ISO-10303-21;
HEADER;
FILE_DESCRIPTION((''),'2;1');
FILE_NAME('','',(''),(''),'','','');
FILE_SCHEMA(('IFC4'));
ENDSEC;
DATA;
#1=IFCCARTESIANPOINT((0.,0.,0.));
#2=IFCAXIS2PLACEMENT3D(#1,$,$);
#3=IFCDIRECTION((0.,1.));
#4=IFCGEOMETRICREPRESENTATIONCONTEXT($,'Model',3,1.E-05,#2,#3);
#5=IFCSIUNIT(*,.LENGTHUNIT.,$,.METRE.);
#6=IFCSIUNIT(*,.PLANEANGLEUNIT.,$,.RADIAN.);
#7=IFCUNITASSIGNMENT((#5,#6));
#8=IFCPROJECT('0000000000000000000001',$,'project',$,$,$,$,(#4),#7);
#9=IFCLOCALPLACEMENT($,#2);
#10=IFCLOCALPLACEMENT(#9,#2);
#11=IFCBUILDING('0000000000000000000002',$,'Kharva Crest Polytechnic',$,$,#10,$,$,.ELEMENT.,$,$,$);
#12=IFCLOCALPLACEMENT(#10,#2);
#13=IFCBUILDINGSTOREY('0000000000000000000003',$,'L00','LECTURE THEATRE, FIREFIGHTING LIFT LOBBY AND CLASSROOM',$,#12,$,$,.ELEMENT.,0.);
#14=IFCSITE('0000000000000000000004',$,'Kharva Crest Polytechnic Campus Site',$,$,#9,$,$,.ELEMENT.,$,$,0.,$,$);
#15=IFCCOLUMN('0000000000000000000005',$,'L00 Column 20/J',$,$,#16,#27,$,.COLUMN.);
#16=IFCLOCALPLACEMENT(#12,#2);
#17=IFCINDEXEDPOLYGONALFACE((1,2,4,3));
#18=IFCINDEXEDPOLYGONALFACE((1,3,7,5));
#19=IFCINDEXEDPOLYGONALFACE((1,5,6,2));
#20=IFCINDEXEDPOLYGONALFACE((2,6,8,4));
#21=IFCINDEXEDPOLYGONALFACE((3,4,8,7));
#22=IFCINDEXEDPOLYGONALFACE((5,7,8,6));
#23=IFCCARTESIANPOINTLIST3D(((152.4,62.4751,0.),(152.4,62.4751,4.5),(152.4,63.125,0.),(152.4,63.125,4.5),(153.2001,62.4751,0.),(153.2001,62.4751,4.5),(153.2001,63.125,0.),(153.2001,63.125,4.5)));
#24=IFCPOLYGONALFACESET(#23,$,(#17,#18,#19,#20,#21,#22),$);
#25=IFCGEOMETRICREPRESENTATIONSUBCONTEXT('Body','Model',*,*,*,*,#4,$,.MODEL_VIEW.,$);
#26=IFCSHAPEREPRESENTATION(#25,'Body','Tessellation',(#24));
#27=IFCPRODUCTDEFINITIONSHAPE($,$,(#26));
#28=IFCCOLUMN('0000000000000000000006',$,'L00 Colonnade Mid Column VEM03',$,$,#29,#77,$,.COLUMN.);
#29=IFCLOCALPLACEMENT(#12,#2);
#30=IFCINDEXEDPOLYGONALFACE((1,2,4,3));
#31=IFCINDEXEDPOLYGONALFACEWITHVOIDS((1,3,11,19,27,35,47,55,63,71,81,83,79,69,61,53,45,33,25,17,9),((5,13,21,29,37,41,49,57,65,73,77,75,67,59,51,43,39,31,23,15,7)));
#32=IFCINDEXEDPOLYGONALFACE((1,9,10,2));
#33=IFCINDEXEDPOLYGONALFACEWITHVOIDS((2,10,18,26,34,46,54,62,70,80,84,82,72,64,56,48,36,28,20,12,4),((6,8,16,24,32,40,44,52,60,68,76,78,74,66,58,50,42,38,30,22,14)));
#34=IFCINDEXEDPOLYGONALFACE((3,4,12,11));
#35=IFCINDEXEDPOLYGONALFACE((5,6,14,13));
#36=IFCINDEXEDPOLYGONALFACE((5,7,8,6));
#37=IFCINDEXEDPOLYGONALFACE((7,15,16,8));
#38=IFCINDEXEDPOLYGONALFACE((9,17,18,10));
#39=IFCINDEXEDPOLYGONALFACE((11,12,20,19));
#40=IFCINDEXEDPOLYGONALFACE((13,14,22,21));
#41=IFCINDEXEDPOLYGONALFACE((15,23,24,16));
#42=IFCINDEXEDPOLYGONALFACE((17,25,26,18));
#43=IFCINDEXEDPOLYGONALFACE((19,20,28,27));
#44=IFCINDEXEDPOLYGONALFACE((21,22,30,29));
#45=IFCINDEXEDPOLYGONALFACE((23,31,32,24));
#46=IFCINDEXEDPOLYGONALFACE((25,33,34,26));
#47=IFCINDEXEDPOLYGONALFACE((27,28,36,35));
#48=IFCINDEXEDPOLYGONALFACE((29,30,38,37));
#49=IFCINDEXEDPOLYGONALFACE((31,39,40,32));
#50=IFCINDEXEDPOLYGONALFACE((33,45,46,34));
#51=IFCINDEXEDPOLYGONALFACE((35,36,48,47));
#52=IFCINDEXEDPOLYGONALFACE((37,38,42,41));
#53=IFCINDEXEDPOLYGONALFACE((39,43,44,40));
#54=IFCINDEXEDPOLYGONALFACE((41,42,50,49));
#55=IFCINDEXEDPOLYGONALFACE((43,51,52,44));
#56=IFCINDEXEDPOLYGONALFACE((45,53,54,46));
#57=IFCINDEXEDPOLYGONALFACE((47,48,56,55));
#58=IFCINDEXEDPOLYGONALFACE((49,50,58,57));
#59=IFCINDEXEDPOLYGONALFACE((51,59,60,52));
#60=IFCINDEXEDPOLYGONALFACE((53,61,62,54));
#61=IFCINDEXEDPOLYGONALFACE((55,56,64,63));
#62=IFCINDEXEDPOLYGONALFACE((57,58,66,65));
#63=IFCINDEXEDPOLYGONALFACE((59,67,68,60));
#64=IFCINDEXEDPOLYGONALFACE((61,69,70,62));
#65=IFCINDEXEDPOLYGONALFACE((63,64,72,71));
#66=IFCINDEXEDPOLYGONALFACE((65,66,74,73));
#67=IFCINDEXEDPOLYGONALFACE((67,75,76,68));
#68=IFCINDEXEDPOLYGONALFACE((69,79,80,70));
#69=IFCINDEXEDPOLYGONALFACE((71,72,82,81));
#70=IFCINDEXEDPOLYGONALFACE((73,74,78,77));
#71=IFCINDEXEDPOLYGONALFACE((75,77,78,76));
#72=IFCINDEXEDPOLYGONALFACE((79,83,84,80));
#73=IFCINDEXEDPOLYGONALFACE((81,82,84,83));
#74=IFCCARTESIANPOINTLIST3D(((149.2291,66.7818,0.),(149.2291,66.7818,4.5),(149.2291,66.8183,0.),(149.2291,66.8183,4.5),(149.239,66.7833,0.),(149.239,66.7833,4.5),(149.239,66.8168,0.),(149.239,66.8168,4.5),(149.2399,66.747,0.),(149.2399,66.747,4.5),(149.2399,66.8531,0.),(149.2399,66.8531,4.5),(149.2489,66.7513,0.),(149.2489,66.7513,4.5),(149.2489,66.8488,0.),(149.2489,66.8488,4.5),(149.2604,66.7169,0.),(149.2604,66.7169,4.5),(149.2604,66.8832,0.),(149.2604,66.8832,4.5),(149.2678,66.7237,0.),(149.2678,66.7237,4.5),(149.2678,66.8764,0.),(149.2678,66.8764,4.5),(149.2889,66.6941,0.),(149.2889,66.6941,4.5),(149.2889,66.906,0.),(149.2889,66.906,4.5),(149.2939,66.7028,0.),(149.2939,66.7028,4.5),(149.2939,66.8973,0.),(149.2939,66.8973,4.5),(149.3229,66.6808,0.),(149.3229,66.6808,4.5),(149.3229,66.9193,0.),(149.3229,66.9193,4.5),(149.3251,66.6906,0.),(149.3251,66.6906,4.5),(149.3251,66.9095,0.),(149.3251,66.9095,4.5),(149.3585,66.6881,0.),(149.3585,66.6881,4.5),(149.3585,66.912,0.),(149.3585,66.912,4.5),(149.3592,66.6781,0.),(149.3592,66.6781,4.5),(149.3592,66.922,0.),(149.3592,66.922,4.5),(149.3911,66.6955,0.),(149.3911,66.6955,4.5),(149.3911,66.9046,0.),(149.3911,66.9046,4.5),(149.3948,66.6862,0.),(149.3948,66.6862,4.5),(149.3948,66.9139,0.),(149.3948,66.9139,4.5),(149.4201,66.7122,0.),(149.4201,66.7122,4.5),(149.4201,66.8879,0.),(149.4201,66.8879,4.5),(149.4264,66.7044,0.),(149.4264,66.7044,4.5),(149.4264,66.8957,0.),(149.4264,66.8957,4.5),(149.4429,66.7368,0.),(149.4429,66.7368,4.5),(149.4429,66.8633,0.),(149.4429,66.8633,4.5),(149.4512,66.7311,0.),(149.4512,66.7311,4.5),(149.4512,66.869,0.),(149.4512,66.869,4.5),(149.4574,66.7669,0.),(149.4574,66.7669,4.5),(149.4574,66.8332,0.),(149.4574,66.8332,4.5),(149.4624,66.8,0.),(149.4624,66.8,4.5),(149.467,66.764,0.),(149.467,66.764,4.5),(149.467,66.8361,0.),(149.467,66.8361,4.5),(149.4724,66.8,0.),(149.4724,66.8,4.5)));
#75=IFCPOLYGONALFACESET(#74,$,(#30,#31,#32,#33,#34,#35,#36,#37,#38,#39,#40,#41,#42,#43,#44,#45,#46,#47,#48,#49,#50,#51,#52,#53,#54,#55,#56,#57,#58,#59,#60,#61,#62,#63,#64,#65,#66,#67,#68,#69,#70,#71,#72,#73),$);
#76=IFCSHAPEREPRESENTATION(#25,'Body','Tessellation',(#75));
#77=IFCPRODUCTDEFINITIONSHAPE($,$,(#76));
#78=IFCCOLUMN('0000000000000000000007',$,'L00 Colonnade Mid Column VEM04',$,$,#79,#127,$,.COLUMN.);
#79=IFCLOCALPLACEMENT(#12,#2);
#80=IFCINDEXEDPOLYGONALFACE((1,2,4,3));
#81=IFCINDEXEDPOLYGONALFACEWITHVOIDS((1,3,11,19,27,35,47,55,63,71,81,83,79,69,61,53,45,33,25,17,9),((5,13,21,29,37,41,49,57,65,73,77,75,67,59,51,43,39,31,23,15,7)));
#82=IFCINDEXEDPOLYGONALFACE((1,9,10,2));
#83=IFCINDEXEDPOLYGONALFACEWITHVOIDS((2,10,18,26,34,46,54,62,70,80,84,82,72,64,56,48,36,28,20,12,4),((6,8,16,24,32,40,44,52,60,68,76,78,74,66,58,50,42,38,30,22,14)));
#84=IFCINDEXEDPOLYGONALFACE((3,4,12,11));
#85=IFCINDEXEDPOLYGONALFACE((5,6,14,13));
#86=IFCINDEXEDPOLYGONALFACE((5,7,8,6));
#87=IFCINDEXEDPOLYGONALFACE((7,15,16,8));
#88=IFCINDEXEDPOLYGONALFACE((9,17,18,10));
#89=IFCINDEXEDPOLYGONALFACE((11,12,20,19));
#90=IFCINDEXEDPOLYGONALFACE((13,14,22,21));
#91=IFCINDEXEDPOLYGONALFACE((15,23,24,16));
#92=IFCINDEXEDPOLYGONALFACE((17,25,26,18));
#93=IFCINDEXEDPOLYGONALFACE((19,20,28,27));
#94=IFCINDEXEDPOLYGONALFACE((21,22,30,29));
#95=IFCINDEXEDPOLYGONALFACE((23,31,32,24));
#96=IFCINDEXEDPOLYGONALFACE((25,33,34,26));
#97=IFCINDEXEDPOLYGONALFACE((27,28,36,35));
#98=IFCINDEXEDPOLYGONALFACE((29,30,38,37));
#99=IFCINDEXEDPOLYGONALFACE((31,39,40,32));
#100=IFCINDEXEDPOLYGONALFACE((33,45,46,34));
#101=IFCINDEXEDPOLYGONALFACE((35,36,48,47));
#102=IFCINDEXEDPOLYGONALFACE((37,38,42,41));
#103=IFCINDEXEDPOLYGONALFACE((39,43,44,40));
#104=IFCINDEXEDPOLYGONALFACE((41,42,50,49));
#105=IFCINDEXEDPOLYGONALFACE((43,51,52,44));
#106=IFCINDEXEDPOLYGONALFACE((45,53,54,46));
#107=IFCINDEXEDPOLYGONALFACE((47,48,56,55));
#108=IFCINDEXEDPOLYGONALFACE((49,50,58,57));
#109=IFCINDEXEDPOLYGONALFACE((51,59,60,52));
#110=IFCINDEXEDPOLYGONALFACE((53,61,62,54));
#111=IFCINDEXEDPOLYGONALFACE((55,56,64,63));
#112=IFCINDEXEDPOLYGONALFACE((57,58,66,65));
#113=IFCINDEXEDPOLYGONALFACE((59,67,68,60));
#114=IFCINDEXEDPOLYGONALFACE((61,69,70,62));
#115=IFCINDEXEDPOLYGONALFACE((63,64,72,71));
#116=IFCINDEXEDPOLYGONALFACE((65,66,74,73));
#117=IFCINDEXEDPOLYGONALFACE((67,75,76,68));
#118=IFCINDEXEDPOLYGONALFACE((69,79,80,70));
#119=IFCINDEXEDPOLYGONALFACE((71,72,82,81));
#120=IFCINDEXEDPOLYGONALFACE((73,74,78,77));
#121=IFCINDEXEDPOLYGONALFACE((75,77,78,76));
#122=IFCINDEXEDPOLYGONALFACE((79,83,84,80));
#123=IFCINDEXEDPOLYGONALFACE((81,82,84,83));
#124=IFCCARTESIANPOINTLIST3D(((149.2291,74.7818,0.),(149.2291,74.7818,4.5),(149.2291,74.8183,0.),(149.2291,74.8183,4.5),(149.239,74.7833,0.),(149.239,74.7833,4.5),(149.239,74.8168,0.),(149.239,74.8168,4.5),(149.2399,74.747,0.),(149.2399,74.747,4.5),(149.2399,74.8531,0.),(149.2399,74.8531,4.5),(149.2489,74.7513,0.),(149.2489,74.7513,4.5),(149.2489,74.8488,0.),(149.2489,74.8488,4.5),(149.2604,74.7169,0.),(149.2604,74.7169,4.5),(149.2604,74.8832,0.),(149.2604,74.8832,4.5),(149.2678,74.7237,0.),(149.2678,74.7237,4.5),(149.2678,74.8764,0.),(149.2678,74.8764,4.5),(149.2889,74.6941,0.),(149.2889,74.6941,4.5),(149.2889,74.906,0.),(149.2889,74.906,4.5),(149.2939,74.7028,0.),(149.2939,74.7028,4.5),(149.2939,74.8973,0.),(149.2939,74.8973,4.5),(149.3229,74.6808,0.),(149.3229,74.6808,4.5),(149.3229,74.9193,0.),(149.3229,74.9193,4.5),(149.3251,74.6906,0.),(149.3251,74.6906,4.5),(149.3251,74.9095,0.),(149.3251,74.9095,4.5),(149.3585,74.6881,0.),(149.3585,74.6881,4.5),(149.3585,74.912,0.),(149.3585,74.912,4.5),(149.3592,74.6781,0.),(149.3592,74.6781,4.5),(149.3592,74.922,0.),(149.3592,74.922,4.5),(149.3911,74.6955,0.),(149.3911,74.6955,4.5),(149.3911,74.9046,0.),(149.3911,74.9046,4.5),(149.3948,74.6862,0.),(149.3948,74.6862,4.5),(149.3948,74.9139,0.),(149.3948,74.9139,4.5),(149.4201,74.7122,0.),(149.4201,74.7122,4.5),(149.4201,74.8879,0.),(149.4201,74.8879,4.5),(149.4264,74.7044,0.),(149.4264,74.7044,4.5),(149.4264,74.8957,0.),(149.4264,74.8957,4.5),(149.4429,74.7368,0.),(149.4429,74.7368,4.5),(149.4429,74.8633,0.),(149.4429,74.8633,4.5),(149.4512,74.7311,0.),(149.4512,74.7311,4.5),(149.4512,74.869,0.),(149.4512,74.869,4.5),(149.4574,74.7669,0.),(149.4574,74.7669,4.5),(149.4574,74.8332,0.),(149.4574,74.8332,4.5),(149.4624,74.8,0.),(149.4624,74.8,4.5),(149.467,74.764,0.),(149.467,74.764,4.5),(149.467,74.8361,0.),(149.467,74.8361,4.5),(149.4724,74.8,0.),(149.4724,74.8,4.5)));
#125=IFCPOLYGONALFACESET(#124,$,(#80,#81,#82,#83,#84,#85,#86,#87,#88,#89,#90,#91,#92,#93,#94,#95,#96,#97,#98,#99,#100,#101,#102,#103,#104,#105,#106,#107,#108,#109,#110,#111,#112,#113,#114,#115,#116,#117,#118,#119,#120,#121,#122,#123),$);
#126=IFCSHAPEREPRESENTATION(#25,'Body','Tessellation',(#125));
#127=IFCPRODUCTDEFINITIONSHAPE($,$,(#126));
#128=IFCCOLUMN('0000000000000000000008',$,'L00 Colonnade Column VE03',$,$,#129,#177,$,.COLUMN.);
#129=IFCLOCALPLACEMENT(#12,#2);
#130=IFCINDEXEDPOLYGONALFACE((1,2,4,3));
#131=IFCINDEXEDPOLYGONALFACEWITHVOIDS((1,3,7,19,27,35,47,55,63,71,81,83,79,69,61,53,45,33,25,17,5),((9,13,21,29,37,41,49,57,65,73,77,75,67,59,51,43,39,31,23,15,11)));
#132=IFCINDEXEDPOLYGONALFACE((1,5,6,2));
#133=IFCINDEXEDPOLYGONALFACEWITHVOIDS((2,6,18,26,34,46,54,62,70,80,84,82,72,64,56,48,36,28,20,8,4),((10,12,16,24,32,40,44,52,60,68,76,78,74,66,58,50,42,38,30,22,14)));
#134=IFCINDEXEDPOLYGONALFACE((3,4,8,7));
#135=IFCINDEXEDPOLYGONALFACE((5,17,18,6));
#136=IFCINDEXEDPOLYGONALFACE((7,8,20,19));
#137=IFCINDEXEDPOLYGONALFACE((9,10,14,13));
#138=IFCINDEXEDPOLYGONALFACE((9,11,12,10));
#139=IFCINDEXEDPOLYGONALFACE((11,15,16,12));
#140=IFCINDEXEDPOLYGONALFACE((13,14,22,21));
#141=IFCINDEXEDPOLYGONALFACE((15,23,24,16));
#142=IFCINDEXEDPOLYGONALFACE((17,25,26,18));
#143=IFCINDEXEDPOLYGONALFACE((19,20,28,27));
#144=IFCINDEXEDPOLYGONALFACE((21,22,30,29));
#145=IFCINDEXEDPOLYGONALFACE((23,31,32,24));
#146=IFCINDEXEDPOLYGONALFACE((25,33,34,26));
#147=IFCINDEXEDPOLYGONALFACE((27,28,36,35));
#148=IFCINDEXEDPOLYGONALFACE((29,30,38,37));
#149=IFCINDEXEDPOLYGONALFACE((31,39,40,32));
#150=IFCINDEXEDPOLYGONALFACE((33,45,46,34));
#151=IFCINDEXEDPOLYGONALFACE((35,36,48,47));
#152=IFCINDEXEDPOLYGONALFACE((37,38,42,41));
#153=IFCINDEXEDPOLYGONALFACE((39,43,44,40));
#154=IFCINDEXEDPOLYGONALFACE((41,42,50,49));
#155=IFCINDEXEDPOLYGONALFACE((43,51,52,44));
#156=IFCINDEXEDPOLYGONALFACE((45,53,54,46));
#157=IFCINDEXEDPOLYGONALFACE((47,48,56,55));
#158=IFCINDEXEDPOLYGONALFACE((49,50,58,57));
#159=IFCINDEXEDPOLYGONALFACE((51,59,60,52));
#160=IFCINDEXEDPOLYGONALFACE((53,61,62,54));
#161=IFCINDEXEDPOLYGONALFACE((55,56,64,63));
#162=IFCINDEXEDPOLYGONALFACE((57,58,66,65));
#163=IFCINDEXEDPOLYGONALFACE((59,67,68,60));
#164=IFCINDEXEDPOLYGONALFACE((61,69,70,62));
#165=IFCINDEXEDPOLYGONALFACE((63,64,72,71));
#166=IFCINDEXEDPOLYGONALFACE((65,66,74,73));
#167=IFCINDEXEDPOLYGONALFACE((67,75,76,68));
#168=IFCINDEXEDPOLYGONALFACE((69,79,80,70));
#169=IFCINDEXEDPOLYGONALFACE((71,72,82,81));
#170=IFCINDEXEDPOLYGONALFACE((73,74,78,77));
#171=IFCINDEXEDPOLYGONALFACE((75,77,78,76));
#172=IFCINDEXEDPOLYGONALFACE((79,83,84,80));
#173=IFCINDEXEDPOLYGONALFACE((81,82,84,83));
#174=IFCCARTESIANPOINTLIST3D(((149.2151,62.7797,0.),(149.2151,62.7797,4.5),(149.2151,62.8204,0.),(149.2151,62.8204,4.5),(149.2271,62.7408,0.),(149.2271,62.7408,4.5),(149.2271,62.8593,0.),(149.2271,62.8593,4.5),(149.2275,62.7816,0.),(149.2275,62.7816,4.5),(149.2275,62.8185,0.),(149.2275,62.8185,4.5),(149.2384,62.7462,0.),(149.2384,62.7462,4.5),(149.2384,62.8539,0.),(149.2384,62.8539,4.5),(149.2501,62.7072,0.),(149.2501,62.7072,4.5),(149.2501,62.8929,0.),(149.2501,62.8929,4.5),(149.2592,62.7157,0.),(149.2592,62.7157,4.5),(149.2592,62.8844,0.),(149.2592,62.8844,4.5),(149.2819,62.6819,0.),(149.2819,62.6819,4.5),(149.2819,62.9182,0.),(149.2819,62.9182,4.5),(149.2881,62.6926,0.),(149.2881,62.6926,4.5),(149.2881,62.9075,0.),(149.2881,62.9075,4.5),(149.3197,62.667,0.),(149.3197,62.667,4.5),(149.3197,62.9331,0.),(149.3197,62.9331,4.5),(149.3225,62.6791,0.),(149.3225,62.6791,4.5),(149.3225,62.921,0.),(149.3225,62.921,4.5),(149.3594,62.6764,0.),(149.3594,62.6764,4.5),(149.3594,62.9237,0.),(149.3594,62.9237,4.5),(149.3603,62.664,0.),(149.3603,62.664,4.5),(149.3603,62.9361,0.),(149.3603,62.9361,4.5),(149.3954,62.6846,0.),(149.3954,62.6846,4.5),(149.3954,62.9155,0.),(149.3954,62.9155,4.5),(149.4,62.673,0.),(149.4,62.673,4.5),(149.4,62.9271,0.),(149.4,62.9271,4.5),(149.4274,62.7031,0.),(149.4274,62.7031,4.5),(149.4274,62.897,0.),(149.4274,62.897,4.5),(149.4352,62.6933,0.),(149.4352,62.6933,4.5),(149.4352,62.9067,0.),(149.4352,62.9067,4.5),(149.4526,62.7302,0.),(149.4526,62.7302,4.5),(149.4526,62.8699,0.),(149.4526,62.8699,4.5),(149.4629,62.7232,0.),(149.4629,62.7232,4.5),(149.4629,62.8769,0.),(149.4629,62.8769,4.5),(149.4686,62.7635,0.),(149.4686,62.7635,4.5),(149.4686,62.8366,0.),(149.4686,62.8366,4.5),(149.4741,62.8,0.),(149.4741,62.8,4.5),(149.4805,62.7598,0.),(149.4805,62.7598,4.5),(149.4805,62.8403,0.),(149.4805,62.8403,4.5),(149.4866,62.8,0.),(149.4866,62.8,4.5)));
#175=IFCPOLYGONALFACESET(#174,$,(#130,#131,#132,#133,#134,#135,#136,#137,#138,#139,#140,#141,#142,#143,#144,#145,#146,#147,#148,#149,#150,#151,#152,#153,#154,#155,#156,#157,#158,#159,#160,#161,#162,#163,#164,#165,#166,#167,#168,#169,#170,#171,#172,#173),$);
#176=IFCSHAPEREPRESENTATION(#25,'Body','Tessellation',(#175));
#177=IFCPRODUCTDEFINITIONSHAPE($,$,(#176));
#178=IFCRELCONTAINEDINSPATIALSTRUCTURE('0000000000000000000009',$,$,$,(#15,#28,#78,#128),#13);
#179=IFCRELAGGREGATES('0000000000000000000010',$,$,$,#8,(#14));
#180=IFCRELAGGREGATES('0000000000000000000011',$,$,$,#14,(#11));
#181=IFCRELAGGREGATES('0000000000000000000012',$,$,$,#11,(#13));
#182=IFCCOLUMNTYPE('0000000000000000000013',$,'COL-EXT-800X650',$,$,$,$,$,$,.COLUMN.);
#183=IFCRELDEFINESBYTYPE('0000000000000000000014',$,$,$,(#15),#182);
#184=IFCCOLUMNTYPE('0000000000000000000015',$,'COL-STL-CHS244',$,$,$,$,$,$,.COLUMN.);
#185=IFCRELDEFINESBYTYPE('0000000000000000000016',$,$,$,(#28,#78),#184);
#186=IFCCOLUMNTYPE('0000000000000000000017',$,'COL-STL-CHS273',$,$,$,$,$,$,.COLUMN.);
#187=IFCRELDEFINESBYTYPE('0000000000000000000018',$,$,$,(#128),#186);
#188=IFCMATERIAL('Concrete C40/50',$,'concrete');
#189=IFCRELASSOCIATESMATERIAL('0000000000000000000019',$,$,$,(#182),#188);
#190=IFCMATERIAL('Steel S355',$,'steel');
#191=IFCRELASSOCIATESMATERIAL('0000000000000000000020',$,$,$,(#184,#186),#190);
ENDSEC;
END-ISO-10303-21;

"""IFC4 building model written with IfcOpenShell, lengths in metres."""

from ifc_helpers import new_model, si_unit, direction, frame, origin, origin_2d, place, context, subcontext, project, spatial, rectangle, hollow_circle, extrude, material, material_profile, profile_set, type_object, element, save


model = new_model("IFC4")

# Units and contexts
model_context = context("Model", 3, precision=1e-05, world=origin(), true_north=direction((0.0, 1.0)))
body_context = subcontext(model_context, "Body", "Model", "MODEL_VIEW")
ifc_project = project(units=[si_unit("LENGTHUNIT", "METRE"), si_unit("PLANEANGLEUNIT", "RADIAN")], contexts=[model_context])

# Site, building, storey
site_placement = place(None, origin())
site = spatial("IfcSite", under=ifc_project, at=site_placement, Name="Kharva Crest Polytechnic Campus Site", CompositionType="ELEMENT", RefElevation=0.0)
building_placement = place(site_placement, origin())
building = spatial("IfcBuilding", under=site, at=building_placement, Name="Kharva Crest Polytechnic", CompositionType="ELEMENT")
storey_placement = place(building_placement, origin())
storey = spatial("IfcBuildingStorey", under=building, at=storey_placement, Name="L00", Description="LECTURE THEATRE, FIREFIGHTING LIFT LOBBY AND CLASSROOM", CompositionType="ELEMENT", Elevation=0.0)

# Columns
ifc_material_1 = material(Name="Concrete C40/50", Category="concrete")
ifc_material_profile_1 = material_profile(ifc_material_1, rectangle(XDim=0.8, YDim=0.6499, at=origin_2d()), Name="RECT 800 X 650")
ifc_profile_set_1 = profile_set([ifc_material_profile_1], Name="Concrete C40/50")
column_type_1 = type_object("IfcColumnType", Name="COL-EXT-800X650", PredefinedType="COLUMN", material=ifc_profile_set_1)
column_1_placement = place(storey_placement, frame((152.8, 62.8, 0.0), z_axis=(0.0, 0.0, 1.0), x_axis=(1.0, 0.0, 0.0)))
element("IfcColumn", 1, at=column_1_placement, inside=storey, type_object=column_type_1, Name="L00 Column 20/J", PredefinedType="COLUMN", context=body_context, shape_type="SweptSolid", body=[
    extrude(rectangle(XDim=0.8, YDim=0.6499, at=origin_2d()), origin(), (0.0, 0.0, 1.0), 4.5),
])
ifc_material_2 = material(Name="Steel S355", Category="steel")
ifc_material_profile_2 = material_profile(ifc_material_2, hollow_circle(Radius=0.1223, WallThickness=0.01, at=origin_2d()), Name="CHS 244.5X10.0")
ifc_profile_set_2 = profile_set([ifc_material_profile_2], Name="Steel S355")
column_type_2 = type_object("IfcColumnType", Name="COL-STL-CHS244", PredefinedType="COLUMN", material=ifc_profile_set_2)
for number, where, z_axis, x_axis, name in (
    (2, (149.3501, 66.8, 0.0), (0.0, 0.0, 1.0), (1.0, 0.0, 0.0), "L00 Colonnade Mid Column VEM03"),
    (3, (149.3501, 74.8, 0.0), (0.0, 0.0, 1.0), (1.0, 0.0, 0.0), "L00 Colonnade Mid Column VEM04"),
):
    element("IfcColumn", number, at=place(storey_placement, frame(where, z_axis=z_axis, x_axis=x_axis)), inside=storey, type_object=column_type_2, Name=name, PredefinedType="COLUMN", context=body_context, shape_type="SweptSolid", body=[
        extrude(hollow_circle(Radius=0.1223, WallThickness=0.01, at=origin_2d()), origin(), (0.0, 0.0, 1.0), 4.5),
    ])
ifc_material_profile_3 = material_profile(ifc_material_2, hollow_circle(Radius=0.1365, WallThickness=0.0125, at=origin_2d()), Name="CHS 273.0X12.5")
ifc_profile_set_3 = profile_set([ifc_material_profile_3], Name="Steel S355")
column_type_3 = type_object("IfcColumnType", Name="COL-STL-CHS273", PredefinedType="COLUMN", material=ifc_profile_set_3)
for number, where, z_axis, x_axis, name in (
    (4, (149.3501, 62.8, 0.0), (0.0, 0.0, 1.0), (1.0, 0.0, 0.0), "L00 Colonnade Column VE03"),
):
    element("IfcColumn", number, at=place(storey_placement, frame(where, z_axis=z_axis, x_axis=x_axis)), inside=storey, type_object=column_type_3, Name=name, PredefinedType="COLUMN", context=body_context, shape_type="SweptSolid", body=[
        extrude(hollow_circle(Radius=0.1365, WallThickness=0.0125, at=origin_2d()), origin(), (0.0, 0.0, 1.0), 4.5),
    ])

save(model, "model.ifc")
